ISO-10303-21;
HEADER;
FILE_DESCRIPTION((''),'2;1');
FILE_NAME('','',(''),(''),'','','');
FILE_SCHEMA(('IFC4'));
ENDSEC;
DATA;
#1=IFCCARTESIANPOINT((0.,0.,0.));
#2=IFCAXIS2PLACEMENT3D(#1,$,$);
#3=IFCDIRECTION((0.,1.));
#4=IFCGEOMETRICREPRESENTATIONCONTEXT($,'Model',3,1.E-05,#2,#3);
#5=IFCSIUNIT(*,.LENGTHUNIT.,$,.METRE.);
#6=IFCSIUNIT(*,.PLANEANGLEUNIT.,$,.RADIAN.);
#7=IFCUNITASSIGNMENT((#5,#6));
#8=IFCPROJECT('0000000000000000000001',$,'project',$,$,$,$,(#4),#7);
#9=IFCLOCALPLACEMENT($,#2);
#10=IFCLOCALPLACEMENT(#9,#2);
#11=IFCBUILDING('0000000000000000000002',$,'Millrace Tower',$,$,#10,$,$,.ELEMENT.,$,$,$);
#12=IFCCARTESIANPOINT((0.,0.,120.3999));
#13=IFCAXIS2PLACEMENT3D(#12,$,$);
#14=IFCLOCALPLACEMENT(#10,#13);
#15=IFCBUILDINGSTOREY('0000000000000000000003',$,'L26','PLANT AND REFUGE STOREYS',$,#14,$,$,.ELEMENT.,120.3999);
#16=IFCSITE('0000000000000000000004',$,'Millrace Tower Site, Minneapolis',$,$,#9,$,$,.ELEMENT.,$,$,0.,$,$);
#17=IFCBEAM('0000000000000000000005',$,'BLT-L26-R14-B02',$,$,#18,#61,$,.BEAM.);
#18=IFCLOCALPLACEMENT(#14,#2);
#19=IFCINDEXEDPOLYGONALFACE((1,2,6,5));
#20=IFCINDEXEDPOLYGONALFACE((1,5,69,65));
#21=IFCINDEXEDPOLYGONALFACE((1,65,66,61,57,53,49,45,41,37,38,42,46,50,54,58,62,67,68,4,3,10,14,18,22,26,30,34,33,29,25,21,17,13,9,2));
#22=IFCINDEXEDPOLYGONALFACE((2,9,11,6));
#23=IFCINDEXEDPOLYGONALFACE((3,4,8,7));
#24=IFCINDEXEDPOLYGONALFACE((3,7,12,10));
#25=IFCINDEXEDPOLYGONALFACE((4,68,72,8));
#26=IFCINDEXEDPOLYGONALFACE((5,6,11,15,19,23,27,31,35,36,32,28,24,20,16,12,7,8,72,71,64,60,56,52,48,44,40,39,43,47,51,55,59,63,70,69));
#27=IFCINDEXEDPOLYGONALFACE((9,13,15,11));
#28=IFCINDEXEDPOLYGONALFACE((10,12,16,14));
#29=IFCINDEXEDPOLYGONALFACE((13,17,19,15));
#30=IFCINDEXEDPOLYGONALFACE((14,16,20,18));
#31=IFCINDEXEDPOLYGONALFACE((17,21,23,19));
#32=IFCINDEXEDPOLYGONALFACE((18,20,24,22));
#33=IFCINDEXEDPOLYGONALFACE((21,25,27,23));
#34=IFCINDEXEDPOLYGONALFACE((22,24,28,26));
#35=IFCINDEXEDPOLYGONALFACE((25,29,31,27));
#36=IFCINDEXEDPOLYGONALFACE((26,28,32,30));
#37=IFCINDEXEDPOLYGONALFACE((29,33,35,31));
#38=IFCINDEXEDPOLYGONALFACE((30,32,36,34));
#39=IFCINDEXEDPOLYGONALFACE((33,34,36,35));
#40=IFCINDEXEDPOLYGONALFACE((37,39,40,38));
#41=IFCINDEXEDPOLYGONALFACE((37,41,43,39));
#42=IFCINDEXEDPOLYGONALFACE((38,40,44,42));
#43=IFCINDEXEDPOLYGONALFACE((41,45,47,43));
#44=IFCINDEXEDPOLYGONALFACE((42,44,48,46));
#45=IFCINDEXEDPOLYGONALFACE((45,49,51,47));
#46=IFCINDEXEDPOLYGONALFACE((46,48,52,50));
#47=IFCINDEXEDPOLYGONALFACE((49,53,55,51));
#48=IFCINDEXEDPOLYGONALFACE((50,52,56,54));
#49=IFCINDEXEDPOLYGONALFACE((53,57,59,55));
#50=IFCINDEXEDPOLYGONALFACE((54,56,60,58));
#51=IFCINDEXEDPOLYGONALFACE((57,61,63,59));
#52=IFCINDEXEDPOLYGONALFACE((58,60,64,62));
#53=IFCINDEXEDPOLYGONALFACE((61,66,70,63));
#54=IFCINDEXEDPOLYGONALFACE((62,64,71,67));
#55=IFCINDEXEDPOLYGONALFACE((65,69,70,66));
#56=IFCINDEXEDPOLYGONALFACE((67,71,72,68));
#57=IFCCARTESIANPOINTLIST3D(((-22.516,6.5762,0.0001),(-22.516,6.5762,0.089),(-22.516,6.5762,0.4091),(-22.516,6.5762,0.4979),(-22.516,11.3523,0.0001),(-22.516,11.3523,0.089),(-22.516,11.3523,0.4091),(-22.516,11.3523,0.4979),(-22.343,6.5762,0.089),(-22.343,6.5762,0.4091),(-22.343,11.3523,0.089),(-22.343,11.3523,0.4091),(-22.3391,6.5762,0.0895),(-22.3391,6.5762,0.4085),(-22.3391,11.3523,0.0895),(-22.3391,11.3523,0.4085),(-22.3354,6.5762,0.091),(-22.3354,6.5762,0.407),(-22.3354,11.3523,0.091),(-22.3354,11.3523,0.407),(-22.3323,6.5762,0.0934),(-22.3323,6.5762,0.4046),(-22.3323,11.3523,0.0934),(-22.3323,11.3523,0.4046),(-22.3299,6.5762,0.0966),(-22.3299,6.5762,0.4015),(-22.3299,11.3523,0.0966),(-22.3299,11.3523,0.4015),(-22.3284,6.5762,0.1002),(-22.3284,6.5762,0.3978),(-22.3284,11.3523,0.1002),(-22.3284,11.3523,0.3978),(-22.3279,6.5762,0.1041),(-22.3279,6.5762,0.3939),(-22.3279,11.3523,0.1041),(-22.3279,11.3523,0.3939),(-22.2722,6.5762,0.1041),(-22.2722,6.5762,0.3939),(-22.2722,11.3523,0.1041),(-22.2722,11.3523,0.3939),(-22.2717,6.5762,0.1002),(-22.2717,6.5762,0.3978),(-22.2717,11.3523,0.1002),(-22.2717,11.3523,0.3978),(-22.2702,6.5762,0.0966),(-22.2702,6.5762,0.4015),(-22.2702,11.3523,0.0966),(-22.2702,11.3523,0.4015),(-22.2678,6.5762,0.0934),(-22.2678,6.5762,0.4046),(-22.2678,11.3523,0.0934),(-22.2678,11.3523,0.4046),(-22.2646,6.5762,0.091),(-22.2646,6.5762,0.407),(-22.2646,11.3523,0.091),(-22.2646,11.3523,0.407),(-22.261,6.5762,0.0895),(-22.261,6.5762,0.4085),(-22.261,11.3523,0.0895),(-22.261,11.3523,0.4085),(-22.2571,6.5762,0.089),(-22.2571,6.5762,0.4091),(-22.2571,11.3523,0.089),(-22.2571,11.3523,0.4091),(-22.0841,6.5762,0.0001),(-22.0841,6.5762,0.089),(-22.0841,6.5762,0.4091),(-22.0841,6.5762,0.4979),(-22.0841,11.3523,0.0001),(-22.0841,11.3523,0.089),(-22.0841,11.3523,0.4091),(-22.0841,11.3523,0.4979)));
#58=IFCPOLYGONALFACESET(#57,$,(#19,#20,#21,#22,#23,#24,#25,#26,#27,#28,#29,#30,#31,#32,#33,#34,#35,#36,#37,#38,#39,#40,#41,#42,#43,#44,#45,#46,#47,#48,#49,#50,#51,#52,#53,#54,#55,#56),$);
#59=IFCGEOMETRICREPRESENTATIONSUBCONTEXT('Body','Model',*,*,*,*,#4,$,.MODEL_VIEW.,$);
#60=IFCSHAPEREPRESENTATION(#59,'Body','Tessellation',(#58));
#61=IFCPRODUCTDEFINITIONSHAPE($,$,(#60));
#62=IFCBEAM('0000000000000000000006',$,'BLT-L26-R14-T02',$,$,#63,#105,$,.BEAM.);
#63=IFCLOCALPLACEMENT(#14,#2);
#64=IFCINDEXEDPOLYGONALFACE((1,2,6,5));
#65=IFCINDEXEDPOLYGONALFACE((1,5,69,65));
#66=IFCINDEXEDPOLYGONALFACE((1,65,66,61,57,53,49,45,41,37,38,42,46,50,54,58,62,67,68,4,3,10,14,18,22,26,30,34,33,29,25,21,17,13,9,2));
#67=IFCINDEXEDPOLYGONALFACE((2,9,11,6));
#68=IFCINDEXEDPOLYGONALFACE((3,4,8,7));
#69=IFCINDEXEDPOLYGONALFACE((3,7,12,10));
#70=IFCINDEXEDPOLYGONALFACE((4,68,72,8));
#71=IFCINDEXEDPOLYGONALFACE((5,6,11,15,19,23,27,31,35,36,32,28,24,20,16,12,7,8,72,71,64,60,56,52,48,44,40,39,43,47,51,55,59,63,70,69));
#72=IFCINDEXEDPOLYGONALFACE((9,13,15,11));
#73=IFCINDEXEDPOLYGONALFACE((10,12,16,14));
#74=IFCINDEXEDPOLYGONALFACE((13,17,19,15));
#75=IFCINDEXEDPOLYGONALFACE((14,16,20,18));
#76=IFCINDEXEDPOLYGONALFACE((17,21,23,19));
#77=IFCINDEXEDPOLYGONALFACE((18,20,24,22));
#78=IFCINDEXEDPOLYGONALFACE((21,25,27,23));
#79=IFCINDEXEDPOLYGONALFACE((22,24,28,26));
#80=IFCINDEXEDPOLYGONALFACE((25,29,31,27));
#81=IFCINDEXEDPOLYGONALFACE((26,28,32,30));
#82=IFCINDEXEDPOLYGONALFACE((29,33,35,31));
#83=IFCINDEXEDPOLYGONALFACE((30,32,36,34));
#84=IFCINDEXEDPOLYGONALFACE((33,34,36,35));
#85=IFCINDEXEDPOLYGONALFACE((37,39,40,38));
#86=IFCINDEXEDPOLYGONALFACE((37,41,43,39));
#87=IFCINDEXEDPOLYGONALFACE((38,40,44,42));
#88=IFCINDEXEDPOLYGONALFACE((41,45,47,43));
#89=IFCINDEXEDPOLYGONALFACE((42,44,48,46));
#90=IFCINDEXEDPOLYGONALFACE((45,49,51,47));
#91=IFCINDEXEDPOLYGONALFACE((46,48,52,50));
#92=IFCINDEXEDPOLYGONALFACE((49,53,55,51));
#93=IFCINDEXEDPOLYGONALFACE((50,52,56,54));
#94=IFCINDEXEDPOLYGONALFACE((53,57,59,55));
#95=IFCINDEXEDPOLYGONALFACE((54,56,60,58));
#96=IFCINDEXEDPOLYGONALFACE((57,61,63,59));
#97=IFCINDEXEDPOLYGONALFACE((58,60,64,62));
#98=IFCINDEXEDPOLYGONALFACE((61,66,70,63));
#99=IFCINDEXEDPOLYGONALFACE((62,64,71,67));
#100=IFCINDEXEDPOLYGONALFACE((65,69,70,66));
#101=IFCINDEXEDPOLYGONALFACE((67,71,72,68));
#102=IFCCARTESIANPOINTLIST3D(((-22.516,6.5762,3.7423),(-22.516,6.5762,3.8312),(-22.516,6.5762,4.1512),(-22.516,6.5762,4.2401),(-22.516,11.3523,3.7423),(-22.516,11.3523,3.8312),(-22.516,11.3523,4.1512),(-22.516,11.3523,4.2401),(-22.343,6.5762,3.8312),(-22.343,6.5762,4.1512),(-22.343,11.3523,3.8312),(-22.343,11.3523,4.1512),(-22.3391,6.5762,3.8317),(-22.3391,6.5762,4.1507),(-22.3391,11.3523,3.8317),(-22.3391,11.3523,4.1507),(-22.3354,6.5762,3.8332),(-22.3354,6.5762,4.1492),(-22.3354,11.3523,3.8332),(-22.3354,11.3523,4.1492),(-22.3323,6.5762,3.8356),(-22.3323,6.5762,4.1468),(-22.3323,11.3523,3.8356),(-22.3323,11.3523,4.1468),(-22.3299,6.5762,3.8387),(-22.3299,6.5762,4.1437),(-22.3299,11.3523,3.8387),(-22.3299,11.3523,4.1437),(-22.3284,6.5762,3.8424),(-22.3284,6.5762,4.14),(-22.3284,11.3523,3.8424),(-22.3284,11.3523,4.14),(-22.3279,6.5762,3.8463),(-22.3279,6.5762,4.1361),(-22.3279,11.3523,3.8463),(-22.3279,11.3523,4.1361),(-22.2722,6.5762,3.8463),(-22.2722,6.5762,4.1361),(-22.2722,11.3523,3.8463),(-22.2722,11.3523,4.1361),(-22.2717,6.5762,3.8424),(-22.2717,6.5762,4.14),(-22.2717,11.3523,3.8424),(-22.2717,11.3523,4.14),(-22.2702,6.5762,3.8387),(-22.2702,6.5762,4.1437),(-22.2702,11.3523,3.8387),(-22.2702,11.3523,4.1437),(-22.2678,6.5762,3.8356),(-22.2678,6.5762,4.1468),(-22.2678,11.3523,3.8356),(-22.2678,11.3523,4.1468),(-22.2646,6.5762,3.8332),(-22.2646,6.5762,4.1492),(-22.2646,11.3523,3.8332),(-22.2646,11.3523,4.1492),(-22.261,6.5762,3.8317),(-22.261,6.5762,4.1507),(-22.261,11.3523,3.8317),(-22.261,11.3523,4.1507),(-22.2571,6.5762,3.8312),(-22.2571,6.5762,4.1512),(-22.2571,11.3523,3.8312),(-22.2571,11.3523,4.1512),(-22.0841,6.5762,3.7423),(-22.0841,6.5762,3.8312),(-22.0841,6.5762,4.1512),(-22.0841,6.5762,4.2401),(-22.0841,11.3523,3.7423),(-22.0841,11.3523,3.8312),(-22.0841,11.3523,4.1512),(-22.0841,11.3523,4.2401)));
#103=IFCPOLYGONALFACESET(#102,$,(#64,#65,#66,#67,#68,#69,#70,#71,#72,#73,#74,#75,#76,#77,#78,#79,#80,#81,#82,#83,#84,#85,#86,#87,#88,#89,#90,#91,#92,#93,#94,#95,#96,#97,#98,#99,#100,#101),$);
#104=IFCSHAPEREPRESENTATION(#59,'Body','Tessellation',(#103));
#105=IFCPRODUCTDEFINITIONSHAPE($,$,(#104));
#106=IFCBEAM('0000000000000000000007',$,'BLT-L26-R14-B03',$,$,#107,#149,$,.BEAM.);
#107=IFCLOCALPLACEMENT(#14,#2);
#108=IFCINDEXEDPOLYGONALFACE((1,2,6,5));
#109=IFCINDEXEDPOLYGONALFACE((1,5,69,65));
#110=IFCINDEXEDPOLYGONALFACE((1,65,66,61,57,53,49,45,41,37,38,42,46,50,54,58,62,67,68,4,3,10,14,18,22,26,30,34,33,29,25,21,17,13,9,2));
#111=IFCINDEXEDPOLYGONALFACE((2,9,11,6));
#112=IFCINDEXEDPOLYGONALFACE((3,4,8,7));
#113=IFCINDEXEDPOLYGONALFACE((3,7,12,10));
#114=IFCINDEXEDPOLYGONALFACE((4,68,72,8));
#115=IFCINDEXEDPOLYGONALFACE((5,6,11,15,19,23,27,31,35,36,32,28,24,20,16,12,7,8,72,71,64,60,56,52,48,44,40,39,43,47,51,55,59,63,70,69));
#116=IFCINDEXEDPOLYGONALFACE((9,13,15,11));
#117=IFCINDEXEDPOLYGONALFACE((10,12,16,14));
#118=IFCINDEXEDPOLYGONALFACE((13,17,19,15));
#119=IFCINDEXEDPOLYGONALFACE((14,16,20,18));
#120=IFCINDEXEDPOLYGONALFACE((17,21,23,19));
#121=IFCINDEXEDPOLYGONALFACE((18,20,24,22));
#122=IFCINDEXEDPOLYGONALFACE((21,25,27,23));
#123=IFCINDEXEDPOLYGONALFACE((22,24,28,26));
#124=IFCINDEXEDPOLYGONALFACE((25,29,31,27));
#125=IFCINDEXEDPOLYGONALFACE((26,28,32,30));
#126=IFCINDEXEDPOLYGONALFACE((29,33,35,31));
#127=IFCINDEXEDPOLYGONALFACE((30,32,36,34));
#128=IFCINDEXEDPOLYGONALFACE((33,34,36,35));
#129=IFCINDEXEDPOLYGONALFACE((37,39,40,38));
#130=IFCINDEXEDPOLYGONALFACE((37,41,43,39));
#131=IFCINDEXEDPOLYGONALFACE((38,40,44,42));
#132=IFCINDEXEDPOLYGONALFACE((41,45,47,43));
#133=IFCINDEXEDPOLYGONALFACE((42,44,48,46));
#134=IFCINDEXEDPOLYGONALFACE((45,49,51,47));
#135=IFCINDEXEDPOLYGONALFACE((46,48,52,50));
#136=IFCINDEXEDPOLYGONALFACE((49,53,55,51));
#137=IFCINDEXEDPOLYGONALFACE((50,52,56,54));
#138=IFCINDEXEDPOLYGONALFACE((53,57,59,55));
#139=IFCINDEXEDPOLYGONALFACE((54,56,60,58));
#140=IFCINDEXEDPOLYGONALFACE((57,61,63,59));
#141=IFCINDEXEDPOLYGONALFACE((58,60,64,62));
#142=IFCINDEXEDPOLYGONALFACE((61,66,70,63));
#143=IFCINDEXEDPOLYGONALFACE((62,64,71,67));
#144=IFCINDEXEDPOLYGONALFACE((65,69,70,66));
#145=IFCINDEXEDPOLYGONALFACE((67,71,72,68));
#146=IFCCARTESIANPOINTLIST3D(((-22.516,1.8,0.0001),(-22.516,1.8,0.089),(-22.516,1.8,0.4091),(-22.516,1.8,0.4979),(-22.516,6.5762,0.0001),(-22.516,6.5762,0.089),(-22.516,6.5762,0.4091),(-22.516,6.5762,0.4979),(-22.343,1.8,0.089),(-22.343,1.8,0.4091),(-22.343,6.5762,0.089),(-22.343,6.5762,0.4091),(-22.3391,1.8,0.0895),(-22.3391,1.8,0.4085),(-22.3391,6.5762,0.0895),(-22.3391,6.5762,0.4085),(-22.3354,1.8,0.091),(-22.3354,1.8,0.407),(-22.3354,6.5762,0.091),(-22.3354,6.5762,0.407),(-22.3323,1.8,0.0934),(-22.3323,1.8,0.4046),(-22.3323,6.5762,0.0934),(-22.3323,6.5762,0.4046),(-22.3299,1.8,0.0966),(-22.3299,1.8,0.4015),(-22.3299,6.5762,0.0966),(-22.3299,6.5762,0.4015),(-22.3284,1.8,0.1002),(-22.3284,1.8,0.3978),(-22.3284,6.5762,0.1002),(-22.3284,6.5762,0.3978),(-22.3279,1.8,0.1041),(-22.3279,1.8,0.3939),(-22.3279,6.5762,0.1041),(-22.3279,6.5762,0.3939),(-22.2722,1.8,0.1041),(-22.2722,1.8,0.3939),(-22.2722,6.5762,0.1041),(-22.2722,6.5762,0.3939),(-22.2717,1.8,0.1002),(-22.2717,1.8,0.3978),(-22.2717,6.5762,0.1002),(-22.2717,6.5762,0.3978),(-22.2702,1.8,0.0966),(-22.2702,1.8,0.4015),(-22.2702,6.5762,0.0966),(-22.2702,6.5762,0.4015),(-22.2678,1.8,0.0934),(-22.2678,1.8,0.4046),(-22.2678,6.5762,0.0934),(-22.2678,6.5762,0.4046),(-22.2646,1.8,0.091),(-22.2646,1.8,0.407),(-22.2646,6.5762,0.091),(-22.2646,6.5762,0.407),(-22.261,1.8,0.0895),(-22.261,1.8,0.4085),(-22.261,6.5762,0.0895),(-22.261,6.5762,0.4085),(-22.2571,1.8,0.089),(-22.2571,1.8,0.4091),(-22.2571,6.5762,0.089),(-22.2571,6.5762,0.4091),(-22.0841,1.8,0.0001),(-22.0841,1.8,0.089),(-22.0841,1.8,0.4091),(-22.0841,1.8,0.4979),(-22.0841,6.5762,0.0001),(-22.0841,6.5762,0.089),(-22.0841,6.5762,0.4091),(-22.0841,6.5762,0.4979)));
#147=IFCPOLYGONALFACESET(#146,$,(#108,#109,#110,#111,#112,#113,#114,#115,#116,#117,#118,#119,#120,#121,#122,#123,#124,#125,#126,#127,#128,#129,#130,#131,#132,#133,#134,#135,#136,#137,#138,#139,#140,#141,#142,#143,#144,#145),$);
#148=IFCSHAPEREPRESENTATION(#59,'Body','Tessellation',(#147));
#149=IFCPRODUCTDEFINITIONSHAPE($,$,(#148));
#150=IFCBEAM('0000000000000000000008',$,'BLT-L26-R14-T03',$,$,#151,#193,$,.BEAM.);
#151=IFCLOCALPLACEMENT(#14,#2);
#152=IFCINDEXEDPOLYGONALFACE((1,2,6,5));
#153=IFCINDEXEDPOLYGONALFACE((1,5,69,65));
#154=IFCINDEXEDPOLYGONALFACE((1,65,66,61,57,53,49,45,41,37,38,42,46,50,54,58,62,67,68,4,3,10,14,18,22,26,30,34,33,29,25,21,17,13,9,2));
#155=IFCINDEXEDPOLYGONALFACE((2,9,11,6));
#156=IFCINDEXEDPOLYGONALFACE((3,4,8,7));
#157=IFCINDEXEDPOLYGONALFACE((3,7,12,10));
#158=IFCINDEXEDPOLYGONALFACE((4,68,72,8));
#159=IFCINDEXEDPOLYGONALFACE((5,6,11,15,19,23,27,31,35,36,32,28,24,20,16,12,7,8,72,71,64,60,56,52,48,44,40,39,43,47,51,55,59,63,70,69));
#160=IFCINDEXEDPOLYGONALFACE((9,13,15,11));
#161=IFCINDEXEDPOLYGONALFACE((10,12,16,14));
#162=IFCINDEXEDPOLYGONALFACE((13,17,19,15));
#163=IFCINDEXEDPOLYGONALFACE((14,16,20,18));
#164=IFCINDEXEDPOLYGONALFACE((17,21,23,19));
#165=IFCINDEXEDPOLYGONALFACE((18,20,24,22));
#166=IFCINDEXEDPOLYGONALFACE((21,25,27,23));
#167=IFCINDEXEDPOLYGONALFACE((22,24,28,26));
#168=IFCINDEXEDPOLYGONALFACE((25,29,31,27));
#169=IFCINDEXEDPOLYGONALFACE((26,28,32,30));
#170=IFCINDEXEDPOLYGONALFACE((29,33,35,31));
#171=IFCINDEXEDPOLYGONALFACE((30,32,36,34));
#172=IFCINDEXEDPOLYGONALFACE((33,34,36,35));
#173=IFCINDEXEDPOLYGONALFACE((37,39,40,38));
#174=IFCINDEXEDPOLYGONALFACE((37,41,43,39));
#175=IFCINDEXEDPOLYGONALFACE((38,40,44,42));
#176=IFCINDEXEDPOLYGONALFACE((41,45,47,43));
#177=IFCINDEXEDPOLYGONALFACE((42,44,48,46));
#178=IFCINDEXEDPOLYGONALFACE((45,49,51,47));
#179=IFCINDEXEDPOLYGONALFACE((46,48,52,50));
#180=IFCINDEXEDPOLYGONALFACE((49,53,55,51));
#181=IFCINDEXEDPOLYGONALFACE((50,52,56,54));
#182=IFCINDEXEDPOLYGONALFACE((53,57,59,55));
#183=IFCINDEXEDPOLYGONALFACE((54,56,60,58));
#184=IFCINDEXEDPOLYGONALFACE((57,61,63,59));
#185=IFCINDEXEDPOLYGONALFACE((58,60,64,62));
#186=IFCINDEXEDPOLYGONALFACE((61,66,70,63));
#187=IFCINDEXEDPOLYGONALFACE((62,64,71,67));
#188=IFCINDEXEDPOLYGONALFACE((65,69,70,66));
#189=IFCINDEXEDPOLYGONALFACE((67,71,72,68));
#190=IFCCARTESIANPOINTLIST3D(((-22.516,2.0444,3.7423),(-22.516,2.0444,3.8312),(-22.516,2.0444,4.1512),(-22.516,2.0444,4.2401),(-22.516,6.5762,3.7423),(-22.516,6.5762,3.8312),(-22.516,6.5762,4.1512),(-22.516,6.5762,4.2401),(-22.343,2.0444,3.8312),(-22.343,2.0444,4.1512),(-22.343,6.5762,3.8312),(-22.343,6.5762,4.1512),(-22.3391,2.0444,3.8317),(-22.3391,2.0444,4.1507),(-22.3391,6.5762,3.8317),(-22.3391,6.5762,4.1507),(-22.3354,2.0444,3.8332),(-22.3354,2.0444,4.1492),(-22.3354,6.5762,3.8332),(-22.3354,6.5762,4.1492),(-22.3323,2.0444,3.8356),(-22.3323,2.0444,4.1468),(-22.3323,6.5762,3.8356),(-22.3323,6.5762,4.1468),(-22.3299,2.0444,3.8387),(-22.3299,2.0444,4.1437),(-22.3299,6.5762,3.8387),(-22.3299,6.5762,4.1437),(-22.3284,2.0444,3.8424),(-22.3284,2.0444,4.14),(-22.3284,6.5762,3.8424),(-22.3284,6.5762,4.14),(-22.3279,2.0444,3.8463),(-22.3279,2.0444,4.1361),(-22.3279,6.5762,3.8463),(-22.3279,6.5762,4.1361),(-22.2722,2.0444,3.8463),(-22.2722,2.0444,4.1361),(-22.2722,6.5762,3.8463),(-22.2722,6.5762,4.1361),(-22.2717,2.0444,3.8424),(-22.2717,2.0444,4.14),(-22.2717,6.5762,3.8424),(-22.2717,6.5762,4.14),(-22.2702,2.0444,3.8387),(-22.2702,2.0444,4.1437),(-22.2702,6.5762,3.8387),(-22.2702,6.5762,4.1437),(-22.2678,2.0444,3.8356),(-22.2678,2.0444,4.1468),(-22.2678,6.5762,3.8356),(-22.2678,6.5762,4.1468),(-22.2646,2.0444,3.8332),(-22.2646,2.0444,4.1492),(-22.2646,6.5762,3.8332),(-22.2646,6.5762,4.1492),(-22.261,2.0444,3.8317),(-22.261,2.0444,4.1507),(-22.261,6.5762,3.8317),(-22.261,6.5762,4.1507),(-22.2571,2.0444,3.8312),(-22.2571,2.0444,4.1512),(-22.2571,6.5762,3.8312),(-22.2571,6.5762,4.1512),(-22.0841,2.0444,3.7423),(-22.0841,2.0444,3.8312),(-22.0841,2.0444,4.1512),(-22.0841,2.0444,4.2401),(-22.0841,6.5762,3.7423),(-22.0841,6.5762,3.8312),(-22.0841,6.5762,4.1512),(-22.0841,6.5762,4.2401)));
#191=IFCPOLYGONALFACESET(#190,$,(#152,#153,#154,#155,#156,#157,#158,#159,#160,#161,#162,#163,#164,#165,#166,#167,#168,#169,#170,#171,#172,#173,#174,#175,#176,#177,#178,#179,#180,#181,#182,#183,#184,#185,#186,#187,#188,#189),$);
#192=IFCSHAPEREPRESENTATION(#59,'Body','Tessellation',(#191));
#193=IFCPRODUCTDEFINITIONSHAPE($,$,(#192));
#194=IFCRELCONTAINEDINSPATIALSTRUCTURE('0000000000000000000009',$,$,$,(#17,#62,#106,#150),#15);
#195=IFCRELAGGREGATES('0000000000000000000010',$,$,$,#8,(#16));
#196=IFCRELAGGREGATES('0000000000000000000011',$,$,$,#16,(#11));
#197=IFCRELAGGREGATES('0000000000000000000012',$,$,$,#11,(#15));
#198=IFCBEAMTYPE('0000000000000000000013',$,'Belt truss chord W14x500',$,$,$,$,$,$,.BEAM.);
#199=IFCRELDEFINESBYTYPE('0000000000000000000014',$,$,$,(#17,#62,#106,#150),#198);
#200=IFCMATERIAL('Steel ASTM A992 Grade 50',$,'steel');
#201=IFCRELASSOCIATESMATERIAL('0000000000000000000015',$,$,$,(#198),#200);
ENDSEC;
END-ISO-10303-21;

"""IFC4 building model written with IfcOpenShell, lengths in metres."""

from ifc_helpers import new_model, si_unit, direction, frame, origin, origin_2d, place, context, subcontext, project, spatial, i_section, extrude, material, material_profile, profile_set, type_object, element, save


model = new_model("IFC4")

# Units and contexts
model_context = context("Model", 3, precision=1e-05, world=origin(), true_north=direction((0.0, 1.0)))
body_context = subcontext(model_context, "Body", "Model", "MODEL_VIEW")
ifc_project = project(units=[si_unit("LENGTHUNIT", "METRE"), si_unit("PLANEANGLEUNIT", "RADIAN")], contexts=[model_context])

# Site, building, storey
site_placement = place(None, origin())
site = spatial("IfcSite", under=ifc_project, at=site_placement, Name="Millrace Tower Site, Minneapolis", CompositionType="ELEMENT", RefElevation=0.0)
building_placement = place(site_placement, origin())
building = spatial("IfcBuilding", under=site, at=building_placement, Name="Millrace Tower", CompositionType="ELEMENT")
storey_placement = place(building_placement, frame((0.0, 0.0, 120.3999)))
storey = spatial("IfcBuildingStorey", under=building, at=storey_placement, Name="L26", Description="PLANT AND REFUGE STOREYS", CompositionType="ELEMENT", Elevation=120.3999)

# Beams
ifc_material_1 = material(Name="Steel ASTM A992 Grade 50", Category="steel")
ifc_material_profile_1 = material_profile(ifc_material_1, i_section(OverallWidth=0.4319, OverallDepth=0.4978, WebThickness=0.0557, FlangeThickness=0.0889, FilletRadius=0.0151, at=origin_2d()))
ifc_profile_set_1 = profile_set([ifc_material_profile_1], Name="Steel ASTM A992 Grade 50")
beam_type_1 = type_object("IfcBeamType", Name="Belt truss chord W14x500", PredefinedType="BEAM", material=ifc_profile_set_1)
for number, where, z_axis, x_axis, name in (
    (1, (-22.3, 11.3523, 0.249), (0.0, -1.0, 0.0), (1.0, 0.0, 0.0), "BLT-L26-R14-B02"),
    (2, (-22.3, 11.3523, 3.9912), (0.0, -1.0, 0.0), (1.0, 0.0, 0.0), "BLT-L26-R14-T02"),
    (3, (-22.3, 6.5762, 0.249), (0.0, -1.0, 0.0), (1.0, 0.0, 0.0), "BLT-L26-R14-B03"),
):
    element("IfcBeam", number, at=place(storey_placement, frame(where, z_axis=z_axis, x_axis=x_axis)), inside=storey, type_object=beam_type_1, Name=name, PredefinedType="BEAM", context=body_context, shape_type="SweptSolid", body=[
        extrude(i_section(OverallWidth=0.4319, OverallDepth=0.4978, WebThickness=0.0557, FlangeThickness=0.0889, FilletRadius=0.0151, at=origin_2d()), origin(), (0.0, 0.0, 1.0), 4.7761),
    ])
beam_1_placement = place(storey_placement, frame((-22.3, 6.5762, 3.9912), z_axis=(0.0, -1.0, 0.0), x_axis=(1.0, 0.0, 0.0)))
element("IfcBeam", 4, at=beam_1_placement, inside=storey, type_object=beam_type_1, Name="BLT-L26-R14-T03", PredefinedType="BEAM", context=body_context, shape_type="SweptSolid", body=[
    extrude(i_section(OverallWidth=0.4319, OverallDepth=0.4978, WebThickness=0.0557, FlangeThickness=0.0889, FilletRadius=0.0151, at=origin_2d()), origin(), (0.0, 0.0, 1.0), 4.5317),
])

save(model, "model.ifc")
